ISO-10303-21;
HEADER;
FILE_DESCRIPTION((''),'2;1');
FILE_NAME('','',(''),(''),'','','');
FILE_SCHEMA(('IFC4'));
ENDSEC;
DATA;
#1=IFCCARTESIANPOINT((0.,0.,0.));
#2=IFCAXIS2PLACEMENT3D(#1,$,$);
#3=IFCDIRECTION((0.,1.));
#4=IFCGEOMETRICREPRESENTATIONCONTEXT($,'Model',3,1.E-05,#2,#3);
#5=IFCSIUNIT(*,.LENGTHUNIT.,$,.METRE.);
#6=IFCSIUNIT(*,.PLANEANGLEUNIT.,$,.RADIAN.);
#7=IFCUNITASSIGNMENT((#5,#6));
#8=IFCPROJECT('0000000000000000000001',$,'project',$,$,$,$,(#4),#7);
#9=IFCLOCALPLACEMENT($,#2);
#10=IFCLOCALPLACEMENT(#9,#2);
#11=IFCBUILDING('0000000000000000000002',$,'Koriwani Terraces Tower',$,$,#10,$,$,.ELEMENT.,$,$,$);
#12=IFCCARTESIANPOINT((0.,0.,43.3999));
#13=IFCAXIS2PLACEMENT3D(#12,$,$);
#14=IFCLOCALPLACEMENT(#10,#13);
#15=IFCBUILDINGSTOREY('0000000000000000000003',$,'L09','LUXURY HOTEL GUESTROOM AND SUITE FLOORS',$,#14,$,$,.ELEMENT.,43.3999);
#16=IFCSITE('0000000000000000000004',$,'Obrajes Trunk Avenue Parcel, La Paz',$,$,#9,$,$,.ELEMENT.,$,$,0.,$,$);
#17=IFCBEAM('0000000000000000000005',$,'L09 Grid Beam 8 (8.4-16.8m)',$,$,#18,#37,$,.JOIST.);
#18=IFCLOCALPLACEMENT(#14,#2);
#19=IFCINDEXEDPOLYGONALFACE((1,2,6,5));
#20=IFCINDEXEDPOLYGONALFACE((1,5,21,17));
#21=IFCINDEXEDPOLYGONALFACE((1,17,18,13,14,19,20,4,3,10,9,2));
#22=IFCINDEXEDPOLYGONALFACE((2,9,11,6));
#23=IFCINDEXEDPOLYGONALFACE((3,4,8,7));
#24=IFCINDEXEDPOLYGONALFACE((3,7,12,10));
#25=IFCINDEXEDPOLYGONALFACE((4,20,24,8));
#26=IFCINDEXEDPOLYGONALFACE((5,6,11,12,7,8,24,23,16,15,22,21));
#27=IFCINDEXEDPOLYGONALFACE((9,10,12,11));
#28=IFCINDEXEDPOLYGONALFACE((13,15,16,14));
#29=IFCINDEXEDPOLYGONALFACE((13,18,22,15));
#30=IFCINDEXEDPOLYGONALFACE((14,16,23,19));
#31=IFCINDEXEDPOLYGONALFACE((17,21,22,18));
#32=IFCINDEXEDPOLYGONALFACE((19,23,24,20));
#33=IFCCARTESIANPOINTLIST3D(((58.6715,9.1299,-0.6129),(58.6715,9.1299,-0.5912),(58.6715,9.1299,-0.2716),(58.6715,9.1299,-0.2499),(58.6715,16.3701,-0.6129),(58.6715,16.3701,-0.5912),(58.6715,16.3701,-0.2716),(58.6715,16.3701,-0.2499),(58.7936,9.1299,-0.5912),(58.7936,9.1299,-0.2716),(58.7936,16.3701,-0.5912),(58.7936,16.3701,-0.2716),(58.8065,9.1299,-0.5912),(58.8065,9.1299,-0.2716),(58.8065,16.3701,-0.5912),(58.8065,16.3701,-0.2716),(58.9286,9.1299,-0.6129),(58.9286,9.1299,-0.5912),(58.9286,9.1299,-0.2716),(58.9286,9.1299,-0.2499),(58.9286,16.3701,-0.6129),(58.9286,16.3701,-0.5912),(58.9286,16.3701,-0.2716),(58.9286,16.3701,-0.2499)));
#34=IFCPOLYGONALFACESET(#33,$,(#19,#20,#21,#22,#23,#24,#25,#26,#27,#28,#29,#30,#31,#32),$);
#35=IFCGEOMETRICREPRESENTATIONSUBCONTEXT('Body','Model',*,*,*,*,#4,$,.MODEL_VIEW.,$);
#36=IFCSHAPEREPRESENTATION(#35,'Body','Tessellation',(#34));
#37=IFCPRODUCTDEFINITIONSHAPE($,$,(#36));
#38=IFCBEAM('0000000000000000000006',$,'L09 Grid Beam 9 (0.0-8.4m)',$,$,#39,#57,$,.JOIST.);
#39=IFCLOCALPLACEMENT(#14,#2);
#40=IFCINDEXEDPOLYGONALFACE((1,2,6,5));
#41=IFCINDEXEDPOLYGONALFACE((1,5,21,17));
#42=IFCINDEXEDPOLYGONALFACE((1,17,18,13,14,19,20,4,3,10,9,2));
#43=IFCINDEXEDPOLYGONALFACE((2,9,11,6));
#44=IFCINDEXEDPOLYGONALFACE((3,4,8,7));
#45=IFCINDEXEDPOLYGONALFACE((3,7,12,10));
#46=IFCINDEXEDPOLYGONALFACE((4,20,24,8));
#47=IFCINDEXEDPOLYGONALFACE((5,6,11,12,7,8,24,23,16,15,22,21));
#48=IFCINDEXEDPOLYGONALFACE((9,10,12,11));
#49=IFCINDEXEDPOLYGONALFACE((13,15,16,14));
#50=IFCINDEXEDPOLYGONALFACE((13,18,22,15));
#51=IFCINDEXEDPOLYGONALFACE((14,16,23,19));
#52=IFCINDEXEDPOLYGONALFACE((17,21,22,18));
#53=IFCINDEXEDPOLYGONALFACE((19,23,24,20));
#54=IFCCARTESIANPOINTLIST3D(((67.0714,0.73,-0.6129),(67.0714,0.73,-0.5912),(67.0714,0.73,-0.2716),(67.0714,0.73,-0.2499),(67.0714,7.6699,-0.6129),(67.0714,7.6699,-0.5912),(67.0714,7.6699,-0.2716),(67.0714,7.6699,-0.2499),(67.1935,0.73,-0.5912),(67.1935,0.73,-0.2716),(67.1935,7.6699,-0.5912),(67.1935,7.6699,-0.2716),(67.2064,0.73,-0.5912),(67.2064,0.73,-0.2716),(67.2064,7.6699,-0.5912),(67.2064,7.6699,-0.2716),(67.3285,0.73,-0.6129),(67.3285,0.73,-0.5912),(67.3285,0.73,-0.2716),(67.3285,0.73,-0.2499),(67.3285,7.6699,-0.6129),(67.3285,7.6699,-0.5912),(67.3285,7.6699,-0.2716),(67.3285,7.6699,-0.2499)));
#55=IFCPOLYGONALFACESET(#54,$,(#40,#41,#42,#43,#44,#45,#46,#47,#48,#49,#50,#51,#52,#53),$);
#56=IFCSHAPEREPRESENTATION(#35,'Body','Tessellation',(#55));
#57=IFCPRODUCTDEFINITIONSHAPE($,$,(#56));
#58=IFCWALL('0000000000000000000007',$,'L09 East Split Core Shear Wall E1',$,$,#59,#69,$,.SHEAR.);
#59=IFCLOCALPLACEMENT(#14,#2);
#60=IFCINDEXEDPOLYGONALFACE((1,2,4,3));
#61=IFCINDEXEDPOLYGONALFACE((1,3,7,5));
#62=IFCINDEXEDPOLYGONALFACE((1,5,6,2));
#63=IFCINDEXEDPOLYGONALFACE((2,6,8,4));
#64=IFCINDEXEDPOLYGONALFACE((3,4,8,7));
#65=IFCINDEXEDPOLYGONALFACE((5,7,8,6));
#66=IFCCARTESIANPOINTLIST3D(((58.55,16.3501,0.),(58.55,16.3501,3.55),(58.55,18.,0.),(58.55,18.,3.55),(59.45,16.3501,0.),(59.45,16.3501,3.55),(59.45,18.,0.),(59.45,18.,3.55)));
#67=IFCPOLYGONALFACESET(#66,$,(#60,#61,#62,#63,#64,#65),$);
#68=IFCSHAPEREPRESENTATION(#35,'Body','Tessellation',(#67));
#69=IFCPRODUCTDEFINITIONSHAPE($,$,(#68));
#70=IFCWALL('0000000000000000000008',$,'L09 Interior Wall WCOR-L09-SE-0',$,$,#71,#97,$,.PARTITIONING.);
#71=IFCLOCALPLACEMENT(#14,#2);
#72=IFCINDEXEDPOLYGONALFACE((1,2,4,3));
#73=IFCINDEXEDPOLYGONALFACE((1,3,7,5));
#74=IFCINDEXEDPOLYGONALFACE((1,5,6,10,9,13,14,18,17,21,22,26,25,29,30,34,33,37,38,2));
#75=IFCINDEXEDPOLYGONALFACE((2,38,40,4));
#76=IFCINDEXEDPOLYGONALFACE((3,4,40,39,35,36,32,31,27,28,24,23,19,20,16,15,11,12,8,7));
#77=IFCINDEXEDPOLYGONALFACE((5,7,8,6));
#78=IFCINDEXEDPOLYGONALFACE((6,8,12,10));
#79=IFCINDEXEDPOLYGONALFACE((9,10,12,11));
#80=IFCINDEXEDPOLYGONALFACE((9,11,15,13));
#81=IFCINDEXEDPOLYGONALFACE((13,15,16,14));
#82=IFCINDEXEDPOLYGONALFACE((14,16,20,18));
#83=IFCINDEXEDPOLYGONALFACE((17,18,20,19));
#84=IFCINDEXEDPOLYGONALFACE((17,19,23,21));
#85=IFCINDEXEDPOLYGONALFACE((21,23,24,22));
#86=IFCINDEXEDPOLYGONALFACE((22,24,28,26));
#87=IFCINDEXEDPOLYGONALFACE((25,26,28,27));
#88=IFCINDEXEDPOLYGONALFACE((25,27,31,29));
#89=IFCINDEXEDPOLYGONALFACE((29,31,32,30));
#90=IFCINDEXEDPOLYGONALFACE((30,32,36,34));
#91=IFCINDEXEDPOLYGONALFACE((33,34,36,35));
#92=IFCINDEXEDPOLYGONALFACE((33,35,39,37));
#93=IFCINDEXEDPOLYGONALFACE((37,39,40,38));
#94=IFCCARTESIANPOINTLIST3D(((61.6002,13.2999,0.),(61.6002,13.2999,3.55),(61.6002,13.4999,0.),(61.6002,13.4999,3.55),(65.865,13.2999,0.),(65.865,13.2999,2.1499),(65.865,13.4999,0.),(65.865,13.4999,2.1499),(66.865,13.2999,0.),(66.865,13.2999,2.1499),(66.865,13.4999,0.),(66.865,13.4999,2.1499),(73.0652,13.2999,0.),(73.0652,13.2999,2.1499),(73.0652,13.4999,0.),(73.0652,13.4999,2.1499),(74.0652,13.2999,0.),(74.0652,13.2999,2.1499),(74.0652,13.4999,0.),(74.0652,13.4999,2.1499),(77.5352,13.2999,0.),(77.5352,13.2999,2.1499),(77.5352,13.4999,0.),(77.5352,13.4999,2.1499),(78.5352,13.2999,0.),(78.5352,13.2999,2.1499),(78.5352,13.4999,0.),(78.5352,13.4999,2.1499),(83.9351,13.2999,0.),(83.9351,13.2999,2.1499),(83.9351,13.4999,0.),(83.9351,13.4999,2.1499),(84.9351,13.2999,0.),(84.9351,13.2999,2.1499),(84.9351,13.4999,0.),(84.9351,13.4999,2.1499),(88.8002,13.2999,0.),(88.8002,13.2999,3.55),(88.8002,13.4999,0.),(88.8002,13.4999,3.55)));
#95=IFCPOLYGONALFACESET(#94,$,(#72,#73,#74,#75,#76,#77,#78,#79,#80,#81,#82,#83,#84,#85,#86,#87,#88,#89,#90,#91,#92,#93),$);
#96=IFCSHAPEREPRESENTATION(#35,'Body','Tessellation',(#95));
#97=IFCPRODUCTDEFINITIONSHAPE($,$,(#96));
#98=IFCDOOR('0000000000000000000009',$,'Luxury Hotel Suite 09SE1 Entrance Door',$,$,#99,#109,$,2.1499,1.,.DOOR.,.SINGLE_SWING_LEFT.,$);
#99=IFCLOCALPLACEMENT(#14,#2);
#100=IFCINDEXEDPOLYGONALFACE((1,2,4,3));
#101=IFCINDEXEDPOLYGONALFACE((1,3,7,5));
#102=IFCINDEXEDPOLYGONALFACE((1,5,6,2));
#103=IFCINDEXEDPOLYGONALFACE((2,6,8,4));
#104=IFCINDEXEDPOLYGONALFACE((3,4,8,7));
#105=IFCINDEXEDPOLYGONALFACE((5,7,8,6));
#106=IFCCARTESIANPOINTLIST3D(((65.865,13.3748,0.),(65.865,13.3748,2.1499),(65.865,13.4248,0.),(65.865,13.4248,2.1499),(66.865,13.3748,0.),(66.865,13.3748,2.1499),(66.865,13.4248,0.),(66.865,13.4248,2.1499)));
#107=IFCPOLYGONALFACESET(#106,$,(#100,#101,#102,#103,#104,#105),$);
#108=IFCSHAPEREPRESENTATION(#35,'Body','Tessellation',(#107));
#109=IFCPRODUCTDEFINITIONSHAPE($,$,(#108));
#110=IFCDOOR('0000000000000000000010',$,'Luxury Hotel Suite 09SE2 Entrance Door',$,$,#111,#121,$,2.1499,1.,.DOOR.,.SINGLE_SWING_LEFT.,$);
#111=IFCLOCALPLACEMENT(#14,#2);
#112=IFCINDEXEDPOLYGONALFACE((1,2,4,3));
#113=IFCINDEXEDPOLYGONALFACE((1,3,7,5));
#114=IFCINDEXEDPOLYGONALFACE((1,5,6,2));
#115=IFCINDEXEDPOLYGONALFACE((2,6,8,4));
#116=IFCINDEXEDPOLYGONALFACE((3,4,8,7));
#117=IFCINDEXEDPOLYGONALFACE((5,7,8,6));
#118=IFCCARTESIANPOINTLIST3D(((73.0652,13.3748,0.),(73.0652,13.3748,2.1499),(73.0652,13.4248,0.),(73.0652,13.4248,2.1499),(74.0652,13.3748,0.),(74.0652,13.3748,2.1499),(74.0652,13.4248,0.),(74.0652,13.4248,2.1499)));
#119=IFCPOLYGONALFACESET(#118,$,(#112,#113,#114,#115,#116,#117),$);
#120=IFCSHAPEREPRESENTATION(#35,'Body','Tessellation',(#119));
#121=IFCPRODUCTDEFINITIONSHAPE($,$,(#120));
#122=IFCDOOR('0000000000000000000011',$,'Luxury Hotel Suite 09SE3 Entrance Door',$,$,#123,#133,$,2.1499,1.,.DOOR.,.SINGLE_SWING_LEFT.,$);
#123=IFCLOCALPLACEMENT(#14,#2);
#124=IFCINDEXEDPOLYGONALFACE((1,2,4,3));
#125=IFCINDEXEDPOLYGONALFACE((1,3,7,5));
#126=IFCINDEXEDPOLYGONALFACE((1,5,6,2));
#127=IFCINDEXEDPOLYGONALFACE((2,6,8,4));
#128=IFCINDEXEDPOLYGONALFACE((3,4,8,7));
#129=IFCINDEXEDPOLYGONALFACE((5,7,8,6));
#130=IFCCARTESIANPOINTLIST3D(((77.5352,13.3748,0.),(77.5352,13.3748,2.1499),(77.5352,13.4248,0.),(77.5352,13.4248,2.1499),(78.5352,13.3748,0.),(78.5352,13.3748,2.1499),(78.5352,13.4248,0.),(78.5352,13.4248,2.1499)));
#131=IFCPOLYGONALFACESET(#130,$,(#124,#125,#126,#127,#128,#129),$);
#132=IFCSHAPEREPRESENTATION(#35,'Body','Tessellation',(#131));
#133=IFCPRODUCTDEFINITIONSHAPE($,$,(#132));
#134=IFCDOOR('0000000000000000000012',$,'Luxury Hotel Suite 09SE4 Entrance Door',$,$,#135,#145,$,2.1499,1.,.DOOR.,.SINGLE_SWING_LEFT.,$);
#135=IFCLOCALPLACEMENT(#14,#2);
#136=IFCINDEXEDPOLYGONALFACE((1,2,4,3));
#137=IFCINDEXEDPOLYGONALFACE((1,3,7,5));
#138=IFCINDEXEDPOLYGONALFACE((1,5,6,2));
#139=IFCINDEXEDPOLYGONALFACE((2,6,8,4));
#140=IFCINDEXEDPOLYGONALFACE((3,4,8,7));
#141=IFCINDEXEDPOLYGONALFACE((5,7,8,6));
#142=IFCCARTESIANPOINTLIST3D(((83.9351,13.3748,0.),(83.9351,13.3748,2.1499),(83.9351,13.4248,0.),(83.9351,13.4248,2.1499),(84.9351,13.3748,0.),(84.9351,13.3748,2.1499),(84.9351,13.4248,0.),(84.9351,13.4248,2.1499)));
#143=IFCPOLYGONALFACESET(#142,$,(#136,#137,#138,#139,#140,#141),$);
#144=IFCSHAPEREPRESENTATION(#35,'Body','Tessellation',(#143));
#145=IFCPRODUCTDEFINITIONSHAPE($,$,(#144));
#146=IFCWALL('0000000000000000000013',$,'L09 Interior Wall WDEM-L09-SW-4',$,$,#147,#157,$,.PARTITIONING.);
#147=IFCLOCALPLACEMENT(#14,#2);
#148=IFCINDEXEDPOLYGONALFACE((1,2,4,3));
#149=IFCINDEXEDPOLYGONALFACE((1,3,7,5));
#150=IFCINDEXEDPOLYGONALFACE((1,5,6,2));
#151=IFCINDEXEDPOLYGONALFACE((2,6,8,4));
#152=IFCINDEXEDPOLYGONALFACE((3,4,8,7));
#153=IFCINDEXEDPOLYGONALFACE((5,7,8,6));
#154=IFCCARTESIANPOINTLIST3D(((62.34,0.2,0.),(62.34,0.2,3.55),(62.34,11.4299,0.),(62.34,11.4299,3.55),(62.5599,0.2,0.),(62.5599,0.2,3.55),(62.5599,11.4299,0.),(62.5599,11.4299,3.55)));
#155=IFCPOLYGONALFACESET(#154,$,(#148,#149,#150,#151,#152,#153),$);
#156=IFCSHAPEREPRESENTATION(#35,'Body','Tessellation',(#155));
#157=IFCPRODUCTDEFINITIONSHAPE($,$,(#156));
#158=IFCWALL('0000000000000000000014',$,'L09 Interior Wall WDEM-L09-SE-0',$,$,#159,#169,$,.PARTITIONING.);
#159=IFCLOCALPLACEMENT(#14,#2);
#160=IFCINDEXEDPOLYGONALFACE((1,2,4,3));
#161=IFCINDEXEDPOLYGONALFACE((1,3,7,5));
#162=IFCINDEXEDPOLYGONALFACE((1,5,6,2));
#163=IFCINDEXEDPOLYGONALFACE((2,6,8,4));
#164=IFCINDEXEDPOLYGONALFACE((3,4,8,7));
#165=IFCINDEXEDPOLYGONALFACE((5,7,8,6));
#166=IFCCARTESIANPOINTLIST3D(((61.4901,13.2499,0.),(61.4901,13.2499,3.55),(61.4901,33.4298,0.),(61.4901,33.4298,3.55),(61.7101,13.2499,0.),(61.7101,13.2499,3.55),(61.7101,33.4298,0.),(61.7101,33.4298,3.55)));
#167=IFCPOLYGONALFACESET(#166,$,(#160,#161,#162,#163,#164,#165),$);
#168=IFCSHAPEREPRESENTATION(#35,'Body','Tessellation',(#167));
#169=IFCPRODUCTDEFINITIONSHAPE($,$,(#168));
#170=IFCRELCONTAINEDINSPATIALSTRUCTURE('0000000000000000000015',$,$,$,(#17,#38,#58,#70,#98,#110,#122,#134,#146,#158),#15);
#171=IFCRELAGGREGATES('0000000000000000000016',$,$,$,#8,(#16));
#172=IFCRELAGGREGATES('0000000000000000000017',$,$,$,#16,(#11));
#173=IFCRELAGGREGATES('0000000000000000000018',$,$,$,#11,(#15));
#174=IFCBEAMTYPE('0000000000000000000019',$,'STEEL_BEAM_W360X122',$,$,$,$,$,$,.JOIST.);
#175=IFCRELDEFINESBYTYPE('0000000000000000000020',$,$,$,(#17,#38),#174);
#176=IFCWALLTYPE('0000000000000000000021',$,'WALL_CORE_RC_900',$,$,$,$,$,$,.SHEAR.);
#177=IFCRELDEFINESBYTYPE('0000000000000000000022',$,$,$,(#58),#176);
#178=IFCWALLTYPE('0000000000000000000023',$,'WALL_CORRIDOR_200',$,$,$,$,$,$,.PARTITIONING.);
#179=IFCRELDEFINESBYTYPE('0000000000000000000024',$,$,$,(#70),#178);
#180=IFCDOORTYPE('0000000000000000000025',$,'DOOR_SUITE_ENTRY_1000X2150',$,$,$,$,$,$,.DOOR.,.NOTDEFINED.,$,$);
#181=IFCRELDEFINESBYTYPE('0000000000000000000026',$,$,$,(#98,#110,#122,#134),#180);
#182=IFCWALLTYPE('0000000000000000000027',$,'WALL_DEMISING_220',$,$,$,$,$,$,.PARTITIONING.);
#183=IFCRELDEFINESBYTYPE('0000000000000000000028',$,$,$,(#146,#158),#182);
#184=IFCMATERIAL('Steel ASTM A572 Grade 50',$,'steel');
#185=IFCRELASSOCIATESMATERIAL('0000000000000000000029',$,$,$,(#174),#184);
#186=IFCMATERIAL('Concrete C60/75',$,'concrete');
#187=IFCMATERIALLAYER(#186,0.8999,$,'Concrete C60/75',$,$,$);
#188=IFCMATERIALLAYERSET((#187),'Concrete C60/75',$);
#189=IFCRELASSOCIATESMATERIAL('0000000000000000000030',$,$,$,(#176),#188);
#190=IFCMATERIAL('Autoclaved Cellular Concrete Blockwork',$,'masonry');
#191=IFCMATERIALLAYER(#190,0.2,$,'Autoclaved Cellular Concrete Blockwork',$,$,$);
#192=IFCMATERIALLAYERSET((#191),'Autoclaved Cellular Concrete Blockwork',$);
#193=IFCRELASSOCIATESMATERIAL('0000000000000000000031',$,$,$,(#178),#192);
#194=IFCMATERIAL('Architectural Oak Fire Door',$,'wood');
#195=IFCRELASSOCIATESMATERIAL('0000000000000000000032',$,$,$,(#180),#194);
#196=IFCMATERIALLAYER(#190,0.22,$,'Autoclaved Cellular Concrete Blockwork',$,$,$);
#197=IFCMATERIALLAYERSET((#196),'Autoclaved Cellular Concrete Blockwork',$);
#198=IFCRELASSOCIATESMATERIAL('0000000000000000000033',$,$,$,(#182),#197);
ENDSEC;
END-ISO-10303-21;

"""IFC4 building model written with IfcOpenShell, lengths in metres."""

from ifc_helpers import new_model, si_unit, direction, frame, frame_2d, origin, origin_2d, place, context, subcontext, project, spatial, rectangle, i_section, extrude, material, layer, layer_set, material_profile, profile_set, type_object, element, fill, save


model = new_model("IFC4")

# Units and contexts
model_context = context("Model", 3, precision=1e-05, world=origin(), true_north=direction((0.0, 1.0)))
body_context = subcontext(model_context, "Body", "Model", "MODEL_VIEW")
ifc_project = project(units=[si_unit("LENGTHUNIT", "METRE"), si_unit("PLANEANGLEUNIT", "RADIAN")], contexts=[model_context])

# Site, building, storey
site_placement = place(None, origin())
site = spatial("IfcSite", under=ifc_project, at=site_placement, Name="Obrajes Trunk Avenue Parcel, La Paz", CompositionType="ELEMENT", RefElevation=0.0)
building_placement = place(site_placement, origin())
building = spatial("IfcBuilding", under=site, at=building_placement, Name="Koriwani Terraces Tower", CompositionType="ELEMENT")
storey_placement = place(building_placement, frame((0.0, 0.0, 43.3999)))
storey = spatial("IfcBuildingStorey", under=building, at=storey_placement, Name="L09", Description="LUXURY HOTEL GUESTROOM AND SUITE FLOORS", CompositionType="ELEMENT", Elevation=43.3999)

# Shared definitions
ifc_material_1 = material(Name="Concrete C60/75", Category="concrete")

# Beams
ifc_material_2 = material(Name="Steel ASTM A572 Grade 50", Category="steel")
ifc_material_profile_1 = material_profile(ifc_material_2, i_section(OverallWidth=0.2571, OverallDepth=0.363, WebThickness=0.0129, FlangeThickness=0.0217, at=origin_2d()), Name="Steel ASTM A572 Grade 50", Category="LoadBearing")
ifc_profile_set_1 = profile_set([ifc_material_profile_1], Name="Steel ASTM A572 Grade 50")
beam_type_1 = type_object("IfcBeamType", Name="STEEL_BEAM_W360X122", PredefinedType="JOIST", material=ifc_profile_set_1)
beam_1_placement = place(storey_placement, frame((58.8, 9.1299, -0.4314), z_axis=(0.0, 1.0, 0.0), x_axis=(-1.0, 0.0, 0.0)))
element("IfcBeam", 1, at=beam_1_placement, inside=storey, type_object=beam_type_1, Name="L09 Grid Beam 8 (8.4-16.8m)", PredefinedType="JOIST", context=body_context, shape_type="SweptSolid", body=[
    extrude(i_section(OverallWidth=0.2571, OverallDepth=0.363, WebThickness=0.0129, FlangeThickness=0.0217, at=origin_2d()), origin(), (0.0, 0.0, 1.0), 7.2402),
])
beam_2_placement = place(storey_placement, frame((67.2, 0.73, -0.4314), z_axis=(0.0, 1.0, 0.0), x_axis=(-1.0, 0.0, 0.0)))
element("IfcBeam", 2, at=beam_2_placement, inside=storey, type_object=beam_type_1, Name="L09 Grid Beam 9 (0.0-8.4m)", PredefinedType="JOIST", context=body_context, shape_type="SweptSolid", body=[
    extrude(i_section(OverallWidth=0.2571, OverallDepth=0.363, WebThickness=0.0129, FlangeThickness=0.0217, at=origin_2d()), origin(), (0.0, 0.0, 1.0), 6.9399),
])

# Wall
ifc_layer_1 = layer(ifc_material_1, 0.8999, Name="Concrete C60/75")
ifc_layer_set_1 = layer_set([ifc_layer_1], Name="Concrete C60/75")
wall_type_1 = type_object("IfcWallType", Name="WALL_CORE_RC_900", PredefinedType="SHEAR", material=ifc_layer_set_1)
wall_1_placement = place(storey_placement, frame((59.0, 16.3501, 0.0), z_axis=(0.0, 0.0, 1.0), x_axis=(0.0, 1.0, 0.0)))
element("IfcWall", 3, at=wall_1_placement, inside=storey, type_object=wall_type_1, Name="L09 East Split Core Shear Wall E1", PredefinedType="SHEAR", context=body_context, shape_type="SweptSolid", body=[
    extrude(rectangle(XDim=1.6499, YDim=0.8999, at=frame_2d((0.825, 0.0))), origin(), (0.0, 0.0, 1.0), 3.55),
])

# Wall, openings, doors
ifc_material_3 = material(Name="Autoclaved Cellular Concrete Blockwork", Category="masonry")
ifc_layer_2 = layer(ifc_material_3, 0.2, Name="Autoclaved Cellular Concrete Blockwork")
ifc_layer_set_2 = layer_set([ifc_layer_2], Name="Autoclaved Cellular Concrete Blockwork")
wall_type_2 = type_object("IfcWallType", Name="WALL_CORRIDOR_200", PredefinedType="PARTITIONING", material=ifc_layer_set_2)
wall_2_placement = place(storey_placement, frame((61.6001, 13.3999, 0.0), z_axis=(0.0, 0.0, 1.0), x_axis=(1.0, 0.0, 0.0)))
wall_2 = element("IfcWall", 4, at=wall_2_placement, inside=storey, type_object=wall_type_2, Name="L09 Interior Wall WCOR-L09-SE-0", PredefinedType="PARTITIONING", context=body_context, shape_type="SweptSolid", body=[
    extrude(rectangle(XDim=27.2, YDim=0.2, at=frame_2d((13.6001, 0.0))), origin(), (0.0, 0.0, 1.0), 3.55),
])
opening_1_placement = place(wall_2_placement, frame((4.2649, 0.0, 0.0)))
opening_1 = element("IfcOpeningElement", 5, at=opening_1_placement, cuts=wall_2, PredefinedType="OPENING", context=body_context, shape_type="SweptSolid", body=[
    extrude(rectangle(XDim=1.0, YDim=2.1499, at=frame_2d((0.5, 1.075))), frame((0.0, 0.1099, 0.0), z_axis=(0.0, -1.0, 0.0), x_axis=(1.0, 0.0, 0.0)), (0.0, 0.0, 1.0), 0.22),
])
opening_2_placement = place(wall_2_placement, frame((11.4651, 0.0, 0.0)))
opening_2 = element("IfcOpeningElement", 6, at=opening_2_placement, cuts=wall_2, PredefinedType="OPENING", context=body_context, shape_type="SweptSolid", body=[
    extrude(rectangle(XDim=1.0, YDim=2.1499, at=frame_2d((0.5, 1.075))), frame((0.0, 0.1099, 0.0), z_axis=(0.0, -1.0, 0.0), x_axis=(1.0, 0.0, 0.0)), (0.0, 0.0, 1.0), 0.22),
])
opening_3_placement = place(wall_2_placement, frame((15.9351, 0.0, 0.0)))
opening_3 = element("IfcOpeningElement", 7, at=opening_3_placement, cuts=wall_2, PredefinedType="OPENING", context=body_context, shape_type="SweptSolid", body=[
    extrude(rectangle(XDim=1.0, YDim=2.1499, at=frame_2d((0.5, 1.075))), frame((0.0, 0.1099, 0.0), z_axis=(0.0, -1.0, 0.0), x_axis=(1.0, 0.0, 0.0)), (0.0, 0.0, 1.0), 0.22),
])
opening_4_placement = place(wall_2_placement, frame((22.335, 0.0, 0.0)))
opening_4 = element("IfcOpeningElement", 8, at=opening_4_placement, cuts=wall_2, PredefinedType="OPENING", context=body_context, shape_type="SweptSolid", body=[
    extrude(rectangle(XDim=1.0, YDim=2.1499, at=frame_2d((0.5, 1.075))), frame((0.0, 0.1099, 0.0), z_axis=(0.0, -1.0, 0.0), x_axis=(1.0, 0.0, 0.0)), (0.0, 0.0, 1.0), 0.22),
])
ifc_material_4 = material(Name="Architectural Oak Fire Door", Category="wood")
door_type_1 = type_object("IfcDoorType", Name="DOOR_SUITE_ENTRY_1000X2150", OperationType="NOTDEFINED", PredefinedType="DOOR", material=ifc_material_4)
door_1_placement = place(opening_1_placement, origin())
door_1 = element("IfcDoor", 9, at=door_1_placement, inside=storey, type_object=door_type_1, Name="Luxury Hotel Suite 09SE1 Entrance Door", OperationType="SINGLE_SWING_LEFT", OverallHeight=2.1499, OverallWidth=1.0, PredefinedType="DOOR", context=body_context, shape_type="SweptSolid", body=[
    extrude(rectangle(XDim=1.0, YDim=2.1499, at=frame_2d((0.5, 1.075))), frame((0.0, 0.0249, 0.0), z_axis=(0.0, -1.0, 0.0), x_axis=(1.0, 0.0, 0.0)), (0.0, 0.0, 1.0), 0.05),
])
fill(opening_1, door_1)
door_2_placement = place(opening_2_placement, origin())
door_2 = element("IfcDoor", 10, at=door_2_placement, inside=storey, type_object=door_type_1, Name="Luxury Hotel Suite 09SE2 Entrance Door", OperationType="SINGLE_SWING_LEFT", OverallHeight=2.1499, OverallWidth=1.0, PredefinedType="DOOR", context=body_context, shape_type="SweptSolid", body=[
    extrude(rectangle(XDim=1.0, YDim=2.1499, at=frame_2d((0.5, 1.075))), frame((0.0, 0.0249, 0.0), z_axis=(0.0, -1.0, 0.0), x_axis=(1.0, 0.0, 0.0)), (0.0, 0.0, 1.0), 0.05),
])
fill(opening_2, door_2)
door_3_placement = place(opening_3_placement, origin())
door_3 = element("IfcDoor", 11, at=door_3_placement, inside=storey, type_object=door_type_1, Name="Luxury Hotel Suite 09SE3 Entrance Door", OperationType="SINGLE_SWING_LEFT", OverallHeight=2.1499, OverallWidth=1.0, PredefinedType="DOOR", context=body_context, shape_type="SweptSolid", body=[
    extrude(rectangle(XDim=1.0, YDim=2.1499, at=frame_2d((0.5, 1.075))), frame((0.0, 0.0249, 0.0), z_axis=(0.0, -1.0, 0.0), x_axis=(1.0, 0.0, 0.0)), (0.0, 0.0, 1.0), 0.05),
])
fill(opening_3, door_3)
door_4_placement = place(opening_4_placement, origin())
door_4 = element("IfcDoor", 12, at=door_4_placement, inside=storey, type_object=door_type_1, Name="Luxury Hotel Suite 09SE4 Entrance Door", OperationType="SINGLE_SWING_LEFT", OverallHeight=2.1499, OverallWidth=1.0, PredefinedType="DOOR", context=body_context, shape_type="SweptSolid", body=[
    extrude(rectangle(XDim=1.0, YDim=2.1499, at=frame_2d((0.5, 1.075))), frame((0.0, 0.0249, 0.0), z_axis=(0.0, -1.0, 0.0), x_axis=(1.0, 0.0, 0.0)), (0.0, 0.0, 1.0), 0.05),
])
fill(opening_4, door_4)

# Walls
ifc_layer_3 = layer(ifc_material_3, 0.22, Name="Autoclaved Cellular Concrete Blockwork")
ifc_layer_set_3 = layer_set([ifc_layer_3], Name="Autoclaved Cellular Concrete Blockwork")
wall_type_3 = type_object("IfcWallType", Name="WALL_DEMISING_220", PredefinedType="PARTITIONING", material=ifc_layer_set_3)
wall_3_placement = place(storey_placement, frame((62.45, 0.2, 0.0), z_axis=(0.0, 0.0, 1.0), x_axis=(0.0, 1.0, 0.0)))
element("IfcWall", 13, at=wall_3_placement, inside=storey, type_object=wall_type_3, Name="L09 Interior Wall WDEM-L09-SW-4", PredefinedType="PARTITIONING", context=body_context, shape_type="SweptSolid", body=[
    extrude(rectangle(XDim=11.23, YDim=0.22, at=frame_2d((5.615, 0.0))), origin(), (0.0, 0.0, 1.0), 3.55),
])
for number, where, z_axis, x_axis, name in (
    (14, (61.6001, 13.25, 0.0), (0.0, 0.0, 1.0), (0.0, 1.0, 0.0), "L09 Interior Wall WDEM-L09-SE-0"),
):
    element("IfcWall", number, at=place(storey_placement, frame(where, z_axis=z_axis, x_axis=x_axis)), inside=storey, type_object=wall_type_3, Name=name, PredefinedType="PARTITIONING", context=body_context, shape_type="SweptSolid", body=[
        extrude(rectangle(XDim=20.1799, YDim=0.22, at=frame_2d((10.0898, 0.0))), origin(), (0.0, 0.0, 1.0), 3.55),
    ])

save(model, "model.ifc")
